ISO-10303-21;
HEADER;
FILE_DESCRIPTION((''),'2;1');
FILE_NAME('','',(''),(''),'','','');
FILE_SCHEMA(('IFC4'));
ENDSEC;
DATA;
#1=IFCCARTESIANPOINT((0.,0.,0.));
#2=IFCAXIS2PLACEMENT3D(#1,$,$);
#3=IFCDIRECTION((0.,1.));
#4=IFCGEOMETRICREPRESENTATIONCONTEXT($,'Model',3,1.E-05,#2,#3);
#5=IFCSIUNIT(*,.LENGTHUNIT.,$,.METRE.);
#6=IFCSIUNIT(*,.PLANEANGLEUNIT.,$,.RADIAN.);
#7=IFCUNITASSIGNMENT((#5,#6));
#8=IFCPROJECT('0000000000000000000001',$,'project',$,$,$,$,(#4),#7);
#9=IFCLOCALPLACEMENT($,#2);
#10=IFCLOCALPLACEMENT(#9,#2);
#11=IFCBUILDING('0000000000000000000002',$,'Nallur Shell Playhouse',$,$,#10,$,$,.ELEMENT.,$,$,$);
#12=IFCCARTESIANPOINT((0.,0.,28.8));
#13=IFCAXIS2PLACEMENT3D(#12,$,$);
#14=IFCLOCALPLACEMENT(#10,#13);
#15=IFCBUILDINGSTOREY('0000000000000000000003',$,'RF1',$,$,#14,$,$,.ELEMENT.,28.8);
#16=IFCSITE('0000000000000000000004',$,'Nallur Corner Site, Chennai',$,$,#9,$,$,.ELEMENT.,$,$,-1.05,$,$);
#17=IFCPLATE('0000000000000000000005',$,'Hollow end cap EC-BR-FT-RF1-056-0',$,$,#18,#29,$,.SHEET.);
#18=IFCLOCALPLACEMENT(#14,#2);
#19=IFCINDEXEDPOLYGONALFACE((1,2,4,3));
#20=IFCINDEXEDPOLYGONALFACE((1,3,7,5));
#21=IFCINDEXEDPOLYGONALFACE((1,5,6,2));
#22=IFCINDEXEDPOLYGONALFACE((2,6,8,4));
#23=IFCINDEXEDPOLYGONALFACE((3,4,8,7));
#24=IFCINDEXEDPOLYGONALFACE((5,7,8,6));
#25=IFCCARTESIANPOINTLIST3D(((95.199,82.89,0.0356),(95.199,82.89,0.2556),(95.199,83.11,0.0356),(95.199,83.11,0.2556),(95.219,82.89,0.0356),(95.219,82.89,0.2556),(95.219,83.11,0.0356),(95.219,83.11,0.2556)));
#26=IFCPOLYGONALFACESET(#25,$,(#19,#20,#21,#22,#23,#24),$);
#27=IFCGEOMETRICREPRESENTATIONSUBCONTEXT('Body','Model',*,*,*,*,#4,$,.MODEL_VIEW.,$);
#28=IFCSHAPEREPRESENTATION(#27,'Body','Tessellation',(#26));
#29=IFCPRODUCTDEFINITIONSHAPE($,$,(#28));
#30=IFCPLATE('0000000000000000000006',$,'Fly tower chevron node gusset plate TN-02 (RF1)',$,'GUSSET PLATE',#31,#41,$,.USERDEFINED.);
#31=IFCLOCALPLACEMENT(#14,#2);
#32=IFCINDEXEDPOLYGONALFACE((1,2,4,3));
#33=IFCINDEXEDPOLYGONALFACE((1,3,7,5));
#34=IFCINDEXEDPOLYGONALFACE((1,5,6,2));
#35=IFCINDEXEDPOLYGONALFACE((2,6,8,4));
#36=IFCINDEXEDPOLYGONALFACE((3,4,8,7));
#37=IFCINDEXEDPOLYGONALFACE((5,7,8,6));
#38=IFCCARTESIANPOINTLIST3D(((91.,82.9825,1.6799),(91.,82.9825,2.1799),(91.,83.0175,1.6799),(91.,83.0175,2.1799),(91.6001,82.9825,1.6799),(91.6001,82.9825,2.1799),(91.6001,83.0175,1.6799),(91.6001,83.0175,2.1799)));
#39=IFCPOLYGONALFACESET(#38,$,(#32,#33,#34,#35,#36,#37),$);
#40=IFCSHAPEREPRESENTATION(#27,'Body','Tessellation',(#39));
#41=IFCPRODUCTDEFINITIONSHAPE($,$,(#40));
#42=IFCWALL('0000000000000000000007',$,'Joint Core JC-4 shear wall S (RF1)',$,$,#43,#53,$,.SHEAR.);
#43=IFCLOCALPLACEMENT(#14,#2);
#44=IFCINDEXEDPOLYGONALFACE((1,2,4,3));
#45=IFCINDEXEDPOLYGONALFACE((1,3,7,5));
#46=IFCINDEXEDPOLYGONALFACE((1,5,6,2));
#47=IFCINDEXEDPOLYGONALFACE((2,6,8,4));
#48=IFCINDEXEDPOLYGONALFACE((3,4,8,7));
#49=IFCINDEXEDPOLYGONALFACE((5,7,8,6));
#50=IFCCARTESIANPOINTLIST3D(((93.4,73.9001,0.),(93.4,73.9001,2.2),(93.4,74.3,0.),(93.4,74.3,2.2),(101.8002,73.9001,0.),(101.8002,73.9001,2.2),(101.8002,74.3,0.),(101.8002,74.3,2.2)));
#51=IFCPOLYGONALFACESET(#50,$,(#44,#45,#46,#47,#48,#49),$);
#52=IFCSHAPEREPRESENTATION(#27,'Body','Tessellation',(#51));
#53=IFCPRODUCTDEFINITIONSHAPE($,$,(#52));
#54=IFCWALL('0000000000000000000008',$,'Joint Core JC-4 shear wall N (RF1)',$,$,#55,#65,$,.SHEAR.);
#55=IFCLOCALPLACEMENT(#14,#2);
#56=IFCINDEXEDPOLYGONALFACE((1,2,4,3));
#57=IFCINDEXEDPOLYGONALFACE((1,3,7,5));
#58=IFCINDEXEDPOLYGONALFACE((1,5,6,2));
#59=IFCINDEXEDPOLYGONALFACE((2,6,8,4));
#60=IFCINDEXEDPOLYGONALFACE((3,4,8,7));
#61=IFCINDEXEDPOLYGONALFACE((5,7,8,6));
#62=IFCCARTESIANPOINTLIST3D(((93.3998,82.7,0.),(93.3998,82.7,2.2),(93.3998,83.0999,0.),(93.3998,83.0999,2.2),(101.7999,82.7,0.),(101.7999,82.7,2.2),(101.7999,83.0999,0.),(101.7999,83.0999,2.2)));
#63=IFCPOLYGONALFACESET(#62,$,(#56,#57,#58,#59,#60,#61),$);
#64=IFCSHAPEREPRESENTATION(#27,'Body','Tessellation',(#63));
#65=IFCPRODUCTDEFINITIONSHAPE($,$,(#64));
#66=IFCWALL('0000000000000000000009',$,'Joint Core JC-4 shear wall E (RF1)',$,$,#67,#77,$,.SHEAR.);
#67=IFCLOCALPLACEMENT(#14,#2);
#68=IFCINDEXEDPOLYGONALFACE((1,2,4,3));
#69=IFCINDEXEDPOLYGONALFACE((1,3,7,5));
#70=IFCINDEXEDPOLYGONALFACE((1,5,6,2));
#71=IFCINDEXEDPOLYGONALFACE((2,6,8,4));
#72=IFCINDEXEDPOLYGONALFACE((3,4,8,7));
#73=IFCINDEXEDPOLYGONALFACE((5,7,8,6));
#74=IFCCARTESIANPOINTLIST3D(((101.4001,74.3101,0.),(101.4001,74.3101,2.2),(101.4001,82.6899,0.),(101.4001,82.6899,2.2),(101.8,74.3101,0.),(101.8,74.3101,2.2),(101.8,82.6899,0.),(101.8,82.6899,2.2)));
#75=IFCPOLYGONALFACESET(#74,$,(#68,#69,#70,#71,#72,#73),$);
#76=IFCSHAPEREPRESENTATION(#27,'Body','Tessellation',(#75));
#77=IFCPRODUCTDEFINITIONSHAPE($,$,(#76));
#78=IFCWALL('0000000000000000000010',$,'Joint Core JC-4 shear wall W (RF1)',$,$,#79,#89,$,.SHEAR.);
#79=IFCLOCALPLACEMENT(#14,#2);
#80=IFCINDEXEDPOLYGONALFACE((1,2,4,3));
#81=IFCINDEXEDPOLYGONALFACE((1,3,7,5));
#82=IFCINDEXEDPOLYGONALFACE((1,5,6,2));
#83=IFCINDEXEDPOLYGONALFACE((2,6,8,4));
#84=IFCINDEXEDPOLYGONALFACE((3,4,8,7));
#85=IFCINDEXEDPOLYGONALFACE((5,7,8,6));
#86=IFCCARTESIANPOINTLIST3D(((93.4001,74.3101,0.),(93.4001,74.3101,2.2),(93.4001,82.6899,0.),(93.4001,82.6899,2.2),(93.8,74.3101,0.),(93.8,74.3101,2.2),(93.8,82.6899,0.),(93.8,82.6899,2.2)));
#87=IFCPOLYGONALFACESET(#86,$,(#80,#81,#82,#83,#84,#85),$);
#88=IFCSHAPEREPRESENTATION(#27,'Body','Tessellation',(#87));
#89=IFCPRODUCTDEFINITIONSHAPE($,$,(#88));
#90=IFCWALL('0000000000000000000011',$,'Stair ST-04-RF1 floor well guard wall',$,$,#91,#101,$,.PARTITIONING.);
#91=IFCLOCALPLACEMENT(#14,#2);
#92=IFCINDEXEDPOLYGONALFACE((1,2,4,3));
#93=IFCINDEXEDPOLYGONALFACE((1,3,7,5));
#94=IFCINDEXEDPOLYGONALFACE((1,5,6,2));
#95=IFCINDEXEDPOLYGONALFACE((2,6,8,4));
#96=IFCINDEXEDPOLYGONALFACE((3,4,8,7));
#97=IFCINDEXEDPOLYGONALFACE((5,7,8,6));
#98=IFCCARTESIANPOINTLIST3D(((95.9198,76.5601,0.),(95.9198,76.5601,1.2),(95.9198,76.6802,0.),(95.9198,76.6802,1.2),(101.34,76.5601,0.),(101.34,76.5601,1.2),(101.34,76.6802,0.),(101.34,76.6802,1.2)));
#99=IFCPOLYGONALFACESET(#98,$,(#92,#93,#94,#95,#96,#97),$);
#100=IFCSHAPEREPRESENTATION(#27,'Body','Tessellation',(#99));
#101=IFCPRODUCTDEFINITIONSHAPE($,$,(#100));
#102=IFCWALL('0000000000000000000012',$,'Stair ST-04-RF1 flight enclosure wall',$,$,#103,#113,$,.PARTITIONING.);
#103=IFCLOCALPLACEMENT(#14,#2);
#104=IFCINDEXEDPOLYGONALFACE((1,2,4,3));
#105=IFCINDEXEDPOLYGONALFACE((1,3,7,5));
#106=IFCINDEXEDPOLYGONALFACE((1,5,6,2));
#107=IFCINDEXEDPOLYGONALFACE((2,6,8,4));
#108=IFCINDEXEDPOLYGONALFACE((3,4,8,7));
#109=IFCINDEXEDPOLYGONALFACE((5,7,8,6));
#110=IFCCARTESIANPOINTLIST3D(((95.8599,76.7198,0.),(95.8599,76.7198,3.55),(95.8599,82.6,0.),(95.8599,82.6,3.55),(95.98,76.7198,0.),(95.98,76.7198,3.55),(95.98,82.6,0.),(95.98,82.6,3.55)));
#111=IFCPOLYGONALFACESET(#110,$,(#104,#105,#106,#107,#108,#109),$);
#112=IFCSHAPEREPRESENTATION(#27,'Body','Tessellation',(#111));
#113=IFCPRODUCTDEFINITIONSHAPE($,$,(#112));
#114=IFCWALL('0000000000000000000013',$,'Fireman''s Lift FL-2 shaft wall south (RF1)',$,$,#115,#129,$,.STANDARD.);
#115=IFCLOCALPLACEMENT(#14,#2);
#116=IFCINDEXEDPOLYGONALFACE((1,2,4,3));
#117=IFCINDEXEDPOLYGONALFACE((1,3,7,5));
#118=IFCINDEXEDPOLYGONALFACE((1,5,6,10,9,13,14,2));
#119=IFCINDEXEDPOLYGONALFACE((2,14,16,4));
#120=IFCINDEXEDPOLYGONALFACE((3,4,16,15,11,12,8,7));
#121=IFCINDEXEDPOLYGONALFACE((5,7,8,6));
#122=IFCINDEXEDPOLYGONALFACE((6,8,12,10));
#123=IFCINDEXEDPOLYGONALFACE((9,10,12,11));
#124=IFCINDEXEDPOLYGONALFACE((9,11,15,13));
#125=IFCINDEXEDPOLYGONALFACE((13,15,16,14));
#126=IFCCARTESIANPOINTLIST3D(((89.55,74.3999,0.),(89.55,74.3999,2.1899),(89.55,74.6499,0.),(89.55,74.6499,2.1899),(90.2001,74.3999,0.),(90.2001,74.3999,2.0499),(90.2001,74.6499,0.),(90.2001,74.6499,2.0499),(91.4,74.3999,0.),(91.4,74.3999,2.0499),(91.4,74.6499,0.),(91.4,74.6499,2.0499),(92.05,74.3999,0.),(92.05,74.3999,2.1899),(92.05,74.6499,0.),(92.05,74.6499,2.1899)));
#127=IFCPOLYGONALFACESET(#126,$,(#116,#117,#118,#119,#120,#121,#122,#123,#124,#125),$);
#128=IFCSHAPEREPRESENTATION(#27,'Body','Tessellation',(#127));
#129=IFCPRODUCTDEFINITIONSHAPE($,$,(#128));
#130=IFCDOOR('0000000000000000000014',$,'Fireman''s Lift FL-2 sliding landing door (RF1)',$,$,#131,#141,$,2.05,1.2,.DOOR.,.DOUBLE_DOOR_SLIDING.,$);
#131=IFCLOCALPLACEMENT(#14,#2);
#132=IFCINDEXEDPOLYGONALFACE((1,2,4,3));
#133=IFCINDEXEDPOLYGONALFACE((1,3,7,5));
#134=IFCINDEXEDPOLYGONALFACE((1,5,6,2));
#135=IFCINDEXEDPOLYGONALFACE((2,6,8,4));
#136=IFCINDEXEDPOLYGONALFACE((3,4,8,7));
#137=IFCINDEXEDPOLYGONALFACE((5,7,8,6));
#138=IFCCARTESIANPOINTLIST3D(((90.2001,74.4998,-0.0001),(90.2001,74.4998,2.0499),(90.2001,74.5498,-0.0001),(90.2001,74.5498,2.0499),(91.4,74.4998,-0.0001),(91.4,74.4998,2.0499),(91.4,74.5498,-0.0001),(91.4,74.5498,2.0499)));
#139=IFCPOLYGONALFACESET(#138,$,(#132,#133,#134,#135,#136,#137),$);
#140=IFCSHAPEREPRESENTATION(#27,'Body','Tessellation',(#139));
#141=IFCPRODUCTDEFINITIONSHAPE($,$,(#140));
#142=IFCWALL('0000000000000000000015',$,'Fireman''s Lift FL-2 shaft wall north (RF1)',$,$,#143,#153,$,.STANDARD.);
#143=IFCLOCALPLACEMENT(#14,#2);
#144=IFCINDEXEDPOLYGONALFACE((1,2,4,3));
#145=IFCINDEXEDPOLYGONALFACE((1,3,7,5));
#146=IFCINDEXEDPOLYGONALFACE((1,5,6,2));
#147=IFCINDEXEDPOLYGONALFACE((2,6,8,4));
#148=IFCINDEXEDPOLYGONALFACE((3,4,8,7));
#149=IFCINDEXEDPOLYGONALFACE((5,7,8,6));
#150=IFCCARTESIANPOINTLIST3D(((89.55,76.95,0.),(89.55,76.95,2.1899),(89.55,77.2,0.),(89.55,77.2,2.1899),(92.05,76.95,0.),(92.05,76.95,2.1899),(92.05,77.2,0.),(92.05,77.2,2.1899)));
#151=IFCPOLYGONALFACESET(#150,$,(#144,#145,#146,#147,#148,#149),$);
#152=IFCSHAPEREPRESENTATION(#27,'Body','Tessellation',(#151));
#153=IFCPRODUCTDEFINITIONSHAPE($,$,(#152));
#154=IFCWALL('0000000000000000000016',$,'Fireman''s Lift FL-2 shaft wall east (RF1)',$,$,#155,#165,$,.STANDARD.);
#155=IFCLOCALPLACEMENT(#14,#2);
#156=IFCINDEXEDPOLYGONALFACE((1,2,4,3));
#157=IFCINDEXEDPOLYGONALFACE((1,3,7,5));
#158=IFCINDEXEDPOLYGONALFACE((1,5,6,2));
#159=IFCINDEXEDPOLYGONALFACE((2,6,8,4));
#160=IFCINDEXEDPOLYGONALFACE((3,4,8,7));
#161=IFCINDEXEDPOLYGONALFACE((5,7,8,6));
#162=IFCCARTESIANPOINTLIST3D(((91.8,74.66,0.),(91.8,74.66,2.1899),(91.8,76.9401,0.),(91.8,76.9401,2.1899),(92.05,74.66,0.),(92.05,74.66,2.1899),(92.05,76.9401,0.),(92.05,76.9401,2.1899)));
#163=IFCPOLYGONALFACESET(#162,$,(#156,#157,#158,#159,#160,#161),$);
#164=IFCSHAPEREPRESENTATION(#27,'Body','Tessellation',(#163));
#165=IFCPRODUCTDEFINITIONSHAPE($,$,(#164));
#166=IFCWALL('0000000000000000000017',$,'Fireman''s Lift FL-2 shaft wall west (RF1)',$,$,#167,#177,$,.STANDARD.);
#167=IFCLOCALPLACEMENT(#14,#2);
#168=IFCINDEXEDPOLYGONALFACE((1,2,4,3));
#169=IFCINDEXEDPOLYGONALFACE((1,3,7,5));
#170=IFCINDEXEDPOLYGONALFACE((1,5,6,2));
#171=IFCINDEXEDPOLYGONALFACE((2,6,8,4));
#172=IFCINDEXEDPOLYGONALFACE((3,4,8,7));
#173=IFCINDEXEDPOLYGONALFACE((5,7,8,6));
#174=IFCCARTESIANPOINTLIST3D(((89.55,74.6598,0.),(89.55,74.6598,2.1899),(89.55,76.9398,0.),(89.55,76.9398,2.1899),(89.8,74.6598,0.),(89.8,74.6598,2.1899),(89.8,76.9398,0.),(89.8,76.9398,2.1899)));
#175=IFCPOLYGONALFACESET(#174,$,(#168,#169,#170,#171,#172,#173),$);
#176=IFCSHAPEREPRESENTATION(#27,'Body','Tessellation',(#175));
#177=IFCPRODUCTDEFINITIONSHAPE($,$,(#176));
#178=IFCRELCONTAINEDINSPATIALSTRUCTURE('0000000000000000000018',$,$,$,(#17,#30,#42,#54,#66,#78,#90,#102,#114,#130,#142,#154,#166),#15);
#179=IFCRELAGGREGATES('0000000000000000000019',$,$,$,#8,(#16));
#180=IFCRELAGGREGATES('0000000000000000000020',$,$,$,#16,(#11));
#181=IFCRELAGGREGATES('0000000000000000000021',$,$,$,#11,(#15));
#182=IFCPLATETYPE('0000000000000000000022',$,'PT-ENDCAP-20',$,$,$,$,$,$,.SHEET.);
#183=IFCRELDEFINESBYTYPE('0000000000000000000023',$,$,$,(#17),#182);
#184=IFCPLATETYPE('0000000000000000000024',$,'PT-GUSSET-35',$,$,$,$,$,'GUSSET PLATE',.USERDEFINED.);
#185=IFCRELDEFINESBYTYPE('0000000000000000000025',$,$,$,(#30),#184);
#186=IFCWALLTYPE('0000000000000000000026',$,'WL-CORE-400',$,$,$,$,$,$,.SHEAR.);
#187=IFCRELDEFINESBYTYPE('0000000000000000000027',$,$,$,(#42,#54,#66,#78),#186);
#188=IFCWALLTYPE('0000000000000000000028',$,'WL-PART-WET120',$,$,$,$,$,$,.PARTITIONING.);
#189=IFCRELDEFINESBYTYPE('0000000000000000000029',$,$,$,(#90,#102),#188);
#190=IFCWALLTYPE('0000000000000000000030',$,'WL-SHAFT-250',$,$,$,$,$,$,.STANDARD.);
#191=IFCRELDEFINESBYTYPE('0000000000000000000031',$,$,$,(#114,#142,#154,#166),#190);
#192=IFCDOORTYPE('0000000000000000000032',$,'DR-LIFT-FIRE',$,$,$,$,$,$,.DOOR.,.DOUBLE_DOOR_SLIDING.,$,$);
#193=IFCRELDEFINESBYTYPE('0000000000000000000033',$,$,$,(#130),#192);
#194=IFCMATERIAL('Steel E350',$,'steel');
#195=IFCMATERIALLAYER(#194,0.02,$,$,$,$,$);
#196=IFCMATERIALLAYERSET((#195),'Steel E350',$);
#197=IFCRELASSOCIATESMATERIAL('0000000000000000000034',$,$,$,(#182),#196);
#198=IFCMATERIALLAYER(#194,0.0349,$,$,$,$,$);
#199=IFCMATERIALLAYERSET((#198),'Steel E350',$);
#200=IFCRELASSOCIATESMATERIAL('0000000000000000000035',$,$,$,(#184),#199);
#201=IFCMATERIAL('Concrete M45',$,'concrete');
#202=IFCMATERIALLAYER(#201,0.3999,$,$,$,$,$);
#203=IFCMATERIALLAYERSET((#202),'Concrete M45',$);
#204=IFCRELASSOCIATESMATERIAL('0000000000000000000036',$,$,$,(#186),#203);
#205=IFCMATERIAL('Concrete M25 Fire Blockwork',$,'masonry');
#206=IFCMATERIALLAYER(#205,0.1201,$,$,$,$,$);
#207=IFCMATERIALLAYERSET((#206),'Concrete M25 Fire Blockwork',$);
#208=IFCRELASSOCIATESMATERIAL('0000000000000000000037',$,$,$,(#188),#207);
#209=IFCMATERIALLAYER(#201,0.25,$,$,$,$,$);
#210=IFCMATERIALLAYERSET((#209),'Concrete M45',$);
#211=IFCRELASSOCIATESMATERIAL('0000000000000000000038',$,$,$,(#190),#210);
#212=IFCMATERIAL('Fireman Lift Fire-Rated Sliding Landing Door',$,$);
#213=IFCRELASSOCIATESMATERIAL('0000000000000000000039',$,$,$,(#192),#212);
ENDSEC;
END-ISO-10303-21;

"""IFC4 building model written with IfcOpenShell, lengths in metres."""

from ifc_helpers import new_model, si_unit, direction, frame, frame_2d, origin, origin_2d, place, context, subcontext, project, spatial, rectangle, extrude, material, layer, layer_set, type_object, element, fill, save


model = new_model("IFC4")

# Units and contexts
model_context = context("Model", 3, precision=1e-05, world=origin(), true_north=direction((0.0, 1.0)))
body_context = subcontext(model_context, "Body", "Model", "MODEL_VIEW")
ifc_project = project(units=[si_unit("LENGTHUNIT", "METRE"), si_unit("PLANEANGLEUNIT", "RADIAN")], contexts=[model_context])

# Site, building, storey
site_placement = place(None, origin())
site = spatial("IfcSite", under=ifc_project, at=site_placement, Name="Nallur Corner Site, Chennai", CompositionType="ELEMENT", RefElevation=-1.05)
building_placement = place(site_placement, origin())
building = spatial("IfcBuilding", under=site, at=building_placement, Name="Nallur Shell Playhouse", CompositionType="ELEMENT")
storey_placement = place(building_placement, frame((0.0, 0.0, 28.8)))
storey = spatial("IfcBuildingStorey", under=building, at=storey_placement, Name="RF1", CompositionType="ELEMENT", Elevation=28.8)

# Shared definitions
ifc_material_1 = material(Name="Steel E350", Category="steel")

# Plates
ifc_layer_1 = layer(ifc_material_1, 0.02)
ifc_layer_set_1 = layer_set([ifc_layer_1], Name="Steel E350")
plate_type_1 = type_object("IfcPlateType", Name="PT-ENDCAP-20", PredefinedType="SHEET", material=ifc_layer_set_1)
for number, where, z_axis, x_axis, name in (
    (1, (95.209, 83.0, 0.0356), (0.0, 0.0, 1.0), (1.0, 0.0, 0.0), "Hollow end cap EC-BR-FT-RF1-056-0"),
):
    element("IfcPlate", number, at=place(storey_placement, frame(where, z_axis=z_axis, x_axis=x_axis)), inside=storey, type_object=plate_type_1, Name=name, PredefinedType="SHEET", context=body_context, shape_type="SweptSolid", body=[
        extrude(rectangle(XDim=0.02, YDim=0.22, at=origin_2d()), origin(), (0.0, 0.0, 1.0), 0.22),
    ])
ifc_layer_2 = layer(ifc_material_1, 0.0349)
ifc_layer_set_2 = layer_set([ifc_layer_2], Name="Steel E350")
plate_type_2 = type_object("IfcPlateType", Name="PT-GUSSET-35", ElementType="GUSSET PLATE", PredefinedType="USERDEFINED", material=ifc_layer_set_2)
plate_1_placement = place(storey_placement, frame((91.3, 83.0, 1.6799), z_axis=(0.0, 0.0, 1.0), x_axis=(1.0, 0.0, 0.0)))
element("IfcPlate", 2, at=plate_1_placement, inside=storey, type_object=plate_type_2, Name="Fly tower chevron node gusset plate TN-02 (RF1)", ObjectType="GUSSET PLATE", PredefinedType="USERDEFINED", context=body_context, shape_type="SweptSolid", body=[
    extrude(rectangle(XDim=0.6001, YDim=0.0349, at=origin_2d()), origin(), (0.0, 0.0, 1.0), 0.5),
])

# Walls
ifc_material_2 = material(Name="Concrete M45", Category="concrete")
ifc_layer_3 = layer(ifc_material_2, 0.3999)
ifc_layer_set_3 = layer_set([ifc_layer_3], Name="Concrete M45")
wall_type_1 = type_object("IfcWallType", Name="WL-CORE-400", PredefinedType="SHEAR", material=ifc_layer_set_3)
for number, where, z_axis, x_axis, name in (
    (3, (93.3999, 74.1001, 0.0), (0.0, 0.0, 1.0), (1.0, 0.0, 0.0), "Joint Core JC-4 shear wall S (RF1)"),
    (4, (101.8, 82.8999, 0.0), (0.0, 0.0, 1.0), (-1.0, 0.0, 0.0), "Joint Core JC-4 shear wall N (RF1)"),
):
    element("IfcWall", number, at=place(storey_placement, frame(where, z_axis=z_axis, x_axis=x_axis)), inside=storey, type_object=wall_type_1, Name=name, PredefinedType="SHEAR", context=body_context, shape_type="SweptSolid", body=[
        extrude(rectangle(XDim=8.4001, YDim=0.3999, at=frame_2d((4.2002, 0.0))), origin(), (0.0, 0.0, 1.0), 2.2),
    ])
for number, where, z_axis, x_axis, name in (
    (5, (101.6001, 74.3101, 0.0), (0.0, 0.0, 1.0), (0.0, 1.0, 0.0), "Joint Core JC-4 shear wall E (RF1)"),
    (6, (93.6001, 82.6899, 0.0), (0.0, 0.0, 1.0), (0.0, -1.0, 0.0), "Joint Core JC-4 shear wall W (RF1)"),
):
    element("IfcWall", number, at=place(storey_placement, frame(where, z_axis=z_axis, x_axis=x_axis)), inside=storey, type_object=wall_type_1, Name=name, PredefinedType="SHEAR", context=body_context, shape_type="SweptSolid", body=[
        extrude(rectangle(XDim=8.3799, YDim=0.3999, at=frame_2d((4.1899, 0.0))), origin(), (0.0, 0.0, 1.0), 2.2),
    ])
ifc_material_3 = material(Name="Concrete M25 Fire Blockwork", Category="masonry")
ifc_layer_4 = layer(ifc_material_3, 0.1201)
ifc_layer_set_4 = layer_set([ifc_layer_4], Name="Concrete M25 Fire Blockwork")
wall_type_2 = type_object("IfcWallType", Name="WL-PART-WET120", PredefinedType="PARTITIONING", material=ifc_layer_set_4)
wall_1_placement = place(storey_placement, frame((95.9199, 76.6201, 0.0), z_axis=(0.0, 0.0, 1.0), x_axis=(1.0, 0.0, 0.0)))
element("IfcWall", 7, at=wall_1_placement, inside=storey, type_object=wall_type_2, Name="Stair ST-04-RF1 floor well guard wall", PredefinedType="PARTITIONING", context=body_context, shape_type="SweptSolid", body=[
    extrude(rectangle(XDim=5.4202, YDim=0.1201, at=frame_2d((2.71, 0.0))), origin(), (0.0, 0.0, 1.0), 1.2),
])
wall_2_placement = place(storey_placement, frame((95.9199, 76.72, 0.0), z_axis=(0.0, 0.0, 1.0), x_axis=(0.0, 1.0, 0.0)))
element("IfcWall", 8, at=wall_2_placement, inside=storey, type_object=wall_type_2, Name="Stair ST-04-RF1 flight enclosure wall", PredefinedType="PARTITIONING", context=body_context, shape_type="SweptSolid", body=[
    extrude(rectangle(XDim=5.8801, YDim=0.1201, at=frame_2d((2.9399, 0.0))), origin(), (0.0, 0.0, 1.0), 3.55),
])

# Wall, opening, door
ifc_layer_5 = layer(ifc_material_2, 0.25)
ifc_layer_set_5 = layer_set([ifc_layer_5], Name="Concrete M45")
wall_type_3 = type_object("IfcWallType", Name="WL-SHAFT-250", PredefinedType="STANDARD", material=ifc_layer_set_5)
wall_3_placement = place(storey_placement, frame((89.55, 74.5249, 0.0), z_axis=(0.0, 0.0, 1.0), x_axis=(1.0, 0.0, 0.0)))
wall_3 = element("IfcWall", 9, at=wall_3_placement, inside=storey, type_object=wall_type_3, Name="Fireman's Lift FL-2 shaft wall south (RF1)", PredefinedType="STANDARD", context=body_context, shape_type="SweptSolid", body=[
    extrude(rectangle(XDim=2.5, YDim=0.25, at=frame_2d((1.25, 0.0))), origin(), (0.0, 0.0, 1.0), 2.1899),
])
opening_placement = place(wall_3_placement, frame((0.6499, 0.0, 0.0)))
opening = element("IfcOpeningElement", 10, at=opening_placement, cuts=wall_3, PredefinedType="OPENING", context=body_context, shape_type="SweptSolid", body=[
    extrude(rectangle(XDim=1.2, YDim=2.05, at=frame_2d((0.6001, 1.0249))), frame((0.0, 0.135, 0.0), z_axis=(0.0, -1.0, 0.0), x_axis=(1.0, 0.0, 0.0)), (0.0, 0.0, 1.0), 0.27),
])
ifc_material_4 = material(Name="Fireman Lift Fire-Rated Sliding Landing Door")
door_type = type_object("IfcDoorType", Name="DR-LIFT-FIRE", OperationType="DOUBLE_DOOR_SLIDING", PredefinedType="DOOR", material=ifc_material_4)
door_placement = place(opening_placement, origin())
door = element("IfcDoor", 11, at=door_placement, inside=storey, type_object=door_type, Name="Fireman's Lift FL-2 sliding landing door (RF1)", OperationType="DOUBLE_DOOR_SLIDING", OverallHeight=2.05, OverallWidth=1.2, PredefinedType="DOOR", context=body_context, shape_type="SweptSolid", body=[
    extrude(rectangle(XDim=1.2, YDim=2.05, at=frame_2d((0.6001, 1.0249))), frame((0.0, 0.0249, 0.0), z_axis=(0.0, -1.0, 0.0), x_axis=(1.0, 0.0, 0.0)), (0.0, 0.0, 1.0), 0.05),
])
fill(opening, door)

# Walls
wall_4_placement = place(storey_placement, frame((92.05, 77.075, 0.0), z_axis=(0.0, 0.0, 1.0), x_axis=(-1.0, 0.0, 0.0)))
element("IfcWall", 12, at=wall_4_placement, inside=storey, type_object=wall_type_3, Name="Fireman's Lift FL-2 shaft wall north (RF1)", PredefinedType="STANDARD", context=body_context, shape_type="SweptSolid", body=[
    extrude(rectangle(XDim=2.5, YDim=0.25, at=frame_2d((1.25, 0.0))), origin(), (0.0, 0.0, 1.0), 2.1899),
])
for number, where, z_axis, x_axis, name in (
    (13, (91.925, 74.6599, 0.0), (0.0, 0.0, 1.0), (0.0, 1.0, 0.0), "Fireman's Lift FL-2 shaft wall east (RF1)"),
    (14, (89.675, 76.9399, 0.0), (0.0, 0.0, 1.0), (0.0, -1.0, 0.0), "Fireman's Lift FL-2 shaft wall west (RF1)"),
):
    element("IfcWall", number, at=place(storey_placement, frame(where, z_axis=z_axis, x_axis=x_axis)), inside=storey, type_object=wall_type_3, Name=name, PredefinedType="STANDARD", context=body_context, shape_type="SweptSolid", body=[
        extrude(rectangle(XDim=2.28, YDim=0.25, at=frame_2d((1.1401, 0.0))), origin(), (0.0, 0.0, 1.0), 2.1899),
    ])

save(model, "model.ifc")
